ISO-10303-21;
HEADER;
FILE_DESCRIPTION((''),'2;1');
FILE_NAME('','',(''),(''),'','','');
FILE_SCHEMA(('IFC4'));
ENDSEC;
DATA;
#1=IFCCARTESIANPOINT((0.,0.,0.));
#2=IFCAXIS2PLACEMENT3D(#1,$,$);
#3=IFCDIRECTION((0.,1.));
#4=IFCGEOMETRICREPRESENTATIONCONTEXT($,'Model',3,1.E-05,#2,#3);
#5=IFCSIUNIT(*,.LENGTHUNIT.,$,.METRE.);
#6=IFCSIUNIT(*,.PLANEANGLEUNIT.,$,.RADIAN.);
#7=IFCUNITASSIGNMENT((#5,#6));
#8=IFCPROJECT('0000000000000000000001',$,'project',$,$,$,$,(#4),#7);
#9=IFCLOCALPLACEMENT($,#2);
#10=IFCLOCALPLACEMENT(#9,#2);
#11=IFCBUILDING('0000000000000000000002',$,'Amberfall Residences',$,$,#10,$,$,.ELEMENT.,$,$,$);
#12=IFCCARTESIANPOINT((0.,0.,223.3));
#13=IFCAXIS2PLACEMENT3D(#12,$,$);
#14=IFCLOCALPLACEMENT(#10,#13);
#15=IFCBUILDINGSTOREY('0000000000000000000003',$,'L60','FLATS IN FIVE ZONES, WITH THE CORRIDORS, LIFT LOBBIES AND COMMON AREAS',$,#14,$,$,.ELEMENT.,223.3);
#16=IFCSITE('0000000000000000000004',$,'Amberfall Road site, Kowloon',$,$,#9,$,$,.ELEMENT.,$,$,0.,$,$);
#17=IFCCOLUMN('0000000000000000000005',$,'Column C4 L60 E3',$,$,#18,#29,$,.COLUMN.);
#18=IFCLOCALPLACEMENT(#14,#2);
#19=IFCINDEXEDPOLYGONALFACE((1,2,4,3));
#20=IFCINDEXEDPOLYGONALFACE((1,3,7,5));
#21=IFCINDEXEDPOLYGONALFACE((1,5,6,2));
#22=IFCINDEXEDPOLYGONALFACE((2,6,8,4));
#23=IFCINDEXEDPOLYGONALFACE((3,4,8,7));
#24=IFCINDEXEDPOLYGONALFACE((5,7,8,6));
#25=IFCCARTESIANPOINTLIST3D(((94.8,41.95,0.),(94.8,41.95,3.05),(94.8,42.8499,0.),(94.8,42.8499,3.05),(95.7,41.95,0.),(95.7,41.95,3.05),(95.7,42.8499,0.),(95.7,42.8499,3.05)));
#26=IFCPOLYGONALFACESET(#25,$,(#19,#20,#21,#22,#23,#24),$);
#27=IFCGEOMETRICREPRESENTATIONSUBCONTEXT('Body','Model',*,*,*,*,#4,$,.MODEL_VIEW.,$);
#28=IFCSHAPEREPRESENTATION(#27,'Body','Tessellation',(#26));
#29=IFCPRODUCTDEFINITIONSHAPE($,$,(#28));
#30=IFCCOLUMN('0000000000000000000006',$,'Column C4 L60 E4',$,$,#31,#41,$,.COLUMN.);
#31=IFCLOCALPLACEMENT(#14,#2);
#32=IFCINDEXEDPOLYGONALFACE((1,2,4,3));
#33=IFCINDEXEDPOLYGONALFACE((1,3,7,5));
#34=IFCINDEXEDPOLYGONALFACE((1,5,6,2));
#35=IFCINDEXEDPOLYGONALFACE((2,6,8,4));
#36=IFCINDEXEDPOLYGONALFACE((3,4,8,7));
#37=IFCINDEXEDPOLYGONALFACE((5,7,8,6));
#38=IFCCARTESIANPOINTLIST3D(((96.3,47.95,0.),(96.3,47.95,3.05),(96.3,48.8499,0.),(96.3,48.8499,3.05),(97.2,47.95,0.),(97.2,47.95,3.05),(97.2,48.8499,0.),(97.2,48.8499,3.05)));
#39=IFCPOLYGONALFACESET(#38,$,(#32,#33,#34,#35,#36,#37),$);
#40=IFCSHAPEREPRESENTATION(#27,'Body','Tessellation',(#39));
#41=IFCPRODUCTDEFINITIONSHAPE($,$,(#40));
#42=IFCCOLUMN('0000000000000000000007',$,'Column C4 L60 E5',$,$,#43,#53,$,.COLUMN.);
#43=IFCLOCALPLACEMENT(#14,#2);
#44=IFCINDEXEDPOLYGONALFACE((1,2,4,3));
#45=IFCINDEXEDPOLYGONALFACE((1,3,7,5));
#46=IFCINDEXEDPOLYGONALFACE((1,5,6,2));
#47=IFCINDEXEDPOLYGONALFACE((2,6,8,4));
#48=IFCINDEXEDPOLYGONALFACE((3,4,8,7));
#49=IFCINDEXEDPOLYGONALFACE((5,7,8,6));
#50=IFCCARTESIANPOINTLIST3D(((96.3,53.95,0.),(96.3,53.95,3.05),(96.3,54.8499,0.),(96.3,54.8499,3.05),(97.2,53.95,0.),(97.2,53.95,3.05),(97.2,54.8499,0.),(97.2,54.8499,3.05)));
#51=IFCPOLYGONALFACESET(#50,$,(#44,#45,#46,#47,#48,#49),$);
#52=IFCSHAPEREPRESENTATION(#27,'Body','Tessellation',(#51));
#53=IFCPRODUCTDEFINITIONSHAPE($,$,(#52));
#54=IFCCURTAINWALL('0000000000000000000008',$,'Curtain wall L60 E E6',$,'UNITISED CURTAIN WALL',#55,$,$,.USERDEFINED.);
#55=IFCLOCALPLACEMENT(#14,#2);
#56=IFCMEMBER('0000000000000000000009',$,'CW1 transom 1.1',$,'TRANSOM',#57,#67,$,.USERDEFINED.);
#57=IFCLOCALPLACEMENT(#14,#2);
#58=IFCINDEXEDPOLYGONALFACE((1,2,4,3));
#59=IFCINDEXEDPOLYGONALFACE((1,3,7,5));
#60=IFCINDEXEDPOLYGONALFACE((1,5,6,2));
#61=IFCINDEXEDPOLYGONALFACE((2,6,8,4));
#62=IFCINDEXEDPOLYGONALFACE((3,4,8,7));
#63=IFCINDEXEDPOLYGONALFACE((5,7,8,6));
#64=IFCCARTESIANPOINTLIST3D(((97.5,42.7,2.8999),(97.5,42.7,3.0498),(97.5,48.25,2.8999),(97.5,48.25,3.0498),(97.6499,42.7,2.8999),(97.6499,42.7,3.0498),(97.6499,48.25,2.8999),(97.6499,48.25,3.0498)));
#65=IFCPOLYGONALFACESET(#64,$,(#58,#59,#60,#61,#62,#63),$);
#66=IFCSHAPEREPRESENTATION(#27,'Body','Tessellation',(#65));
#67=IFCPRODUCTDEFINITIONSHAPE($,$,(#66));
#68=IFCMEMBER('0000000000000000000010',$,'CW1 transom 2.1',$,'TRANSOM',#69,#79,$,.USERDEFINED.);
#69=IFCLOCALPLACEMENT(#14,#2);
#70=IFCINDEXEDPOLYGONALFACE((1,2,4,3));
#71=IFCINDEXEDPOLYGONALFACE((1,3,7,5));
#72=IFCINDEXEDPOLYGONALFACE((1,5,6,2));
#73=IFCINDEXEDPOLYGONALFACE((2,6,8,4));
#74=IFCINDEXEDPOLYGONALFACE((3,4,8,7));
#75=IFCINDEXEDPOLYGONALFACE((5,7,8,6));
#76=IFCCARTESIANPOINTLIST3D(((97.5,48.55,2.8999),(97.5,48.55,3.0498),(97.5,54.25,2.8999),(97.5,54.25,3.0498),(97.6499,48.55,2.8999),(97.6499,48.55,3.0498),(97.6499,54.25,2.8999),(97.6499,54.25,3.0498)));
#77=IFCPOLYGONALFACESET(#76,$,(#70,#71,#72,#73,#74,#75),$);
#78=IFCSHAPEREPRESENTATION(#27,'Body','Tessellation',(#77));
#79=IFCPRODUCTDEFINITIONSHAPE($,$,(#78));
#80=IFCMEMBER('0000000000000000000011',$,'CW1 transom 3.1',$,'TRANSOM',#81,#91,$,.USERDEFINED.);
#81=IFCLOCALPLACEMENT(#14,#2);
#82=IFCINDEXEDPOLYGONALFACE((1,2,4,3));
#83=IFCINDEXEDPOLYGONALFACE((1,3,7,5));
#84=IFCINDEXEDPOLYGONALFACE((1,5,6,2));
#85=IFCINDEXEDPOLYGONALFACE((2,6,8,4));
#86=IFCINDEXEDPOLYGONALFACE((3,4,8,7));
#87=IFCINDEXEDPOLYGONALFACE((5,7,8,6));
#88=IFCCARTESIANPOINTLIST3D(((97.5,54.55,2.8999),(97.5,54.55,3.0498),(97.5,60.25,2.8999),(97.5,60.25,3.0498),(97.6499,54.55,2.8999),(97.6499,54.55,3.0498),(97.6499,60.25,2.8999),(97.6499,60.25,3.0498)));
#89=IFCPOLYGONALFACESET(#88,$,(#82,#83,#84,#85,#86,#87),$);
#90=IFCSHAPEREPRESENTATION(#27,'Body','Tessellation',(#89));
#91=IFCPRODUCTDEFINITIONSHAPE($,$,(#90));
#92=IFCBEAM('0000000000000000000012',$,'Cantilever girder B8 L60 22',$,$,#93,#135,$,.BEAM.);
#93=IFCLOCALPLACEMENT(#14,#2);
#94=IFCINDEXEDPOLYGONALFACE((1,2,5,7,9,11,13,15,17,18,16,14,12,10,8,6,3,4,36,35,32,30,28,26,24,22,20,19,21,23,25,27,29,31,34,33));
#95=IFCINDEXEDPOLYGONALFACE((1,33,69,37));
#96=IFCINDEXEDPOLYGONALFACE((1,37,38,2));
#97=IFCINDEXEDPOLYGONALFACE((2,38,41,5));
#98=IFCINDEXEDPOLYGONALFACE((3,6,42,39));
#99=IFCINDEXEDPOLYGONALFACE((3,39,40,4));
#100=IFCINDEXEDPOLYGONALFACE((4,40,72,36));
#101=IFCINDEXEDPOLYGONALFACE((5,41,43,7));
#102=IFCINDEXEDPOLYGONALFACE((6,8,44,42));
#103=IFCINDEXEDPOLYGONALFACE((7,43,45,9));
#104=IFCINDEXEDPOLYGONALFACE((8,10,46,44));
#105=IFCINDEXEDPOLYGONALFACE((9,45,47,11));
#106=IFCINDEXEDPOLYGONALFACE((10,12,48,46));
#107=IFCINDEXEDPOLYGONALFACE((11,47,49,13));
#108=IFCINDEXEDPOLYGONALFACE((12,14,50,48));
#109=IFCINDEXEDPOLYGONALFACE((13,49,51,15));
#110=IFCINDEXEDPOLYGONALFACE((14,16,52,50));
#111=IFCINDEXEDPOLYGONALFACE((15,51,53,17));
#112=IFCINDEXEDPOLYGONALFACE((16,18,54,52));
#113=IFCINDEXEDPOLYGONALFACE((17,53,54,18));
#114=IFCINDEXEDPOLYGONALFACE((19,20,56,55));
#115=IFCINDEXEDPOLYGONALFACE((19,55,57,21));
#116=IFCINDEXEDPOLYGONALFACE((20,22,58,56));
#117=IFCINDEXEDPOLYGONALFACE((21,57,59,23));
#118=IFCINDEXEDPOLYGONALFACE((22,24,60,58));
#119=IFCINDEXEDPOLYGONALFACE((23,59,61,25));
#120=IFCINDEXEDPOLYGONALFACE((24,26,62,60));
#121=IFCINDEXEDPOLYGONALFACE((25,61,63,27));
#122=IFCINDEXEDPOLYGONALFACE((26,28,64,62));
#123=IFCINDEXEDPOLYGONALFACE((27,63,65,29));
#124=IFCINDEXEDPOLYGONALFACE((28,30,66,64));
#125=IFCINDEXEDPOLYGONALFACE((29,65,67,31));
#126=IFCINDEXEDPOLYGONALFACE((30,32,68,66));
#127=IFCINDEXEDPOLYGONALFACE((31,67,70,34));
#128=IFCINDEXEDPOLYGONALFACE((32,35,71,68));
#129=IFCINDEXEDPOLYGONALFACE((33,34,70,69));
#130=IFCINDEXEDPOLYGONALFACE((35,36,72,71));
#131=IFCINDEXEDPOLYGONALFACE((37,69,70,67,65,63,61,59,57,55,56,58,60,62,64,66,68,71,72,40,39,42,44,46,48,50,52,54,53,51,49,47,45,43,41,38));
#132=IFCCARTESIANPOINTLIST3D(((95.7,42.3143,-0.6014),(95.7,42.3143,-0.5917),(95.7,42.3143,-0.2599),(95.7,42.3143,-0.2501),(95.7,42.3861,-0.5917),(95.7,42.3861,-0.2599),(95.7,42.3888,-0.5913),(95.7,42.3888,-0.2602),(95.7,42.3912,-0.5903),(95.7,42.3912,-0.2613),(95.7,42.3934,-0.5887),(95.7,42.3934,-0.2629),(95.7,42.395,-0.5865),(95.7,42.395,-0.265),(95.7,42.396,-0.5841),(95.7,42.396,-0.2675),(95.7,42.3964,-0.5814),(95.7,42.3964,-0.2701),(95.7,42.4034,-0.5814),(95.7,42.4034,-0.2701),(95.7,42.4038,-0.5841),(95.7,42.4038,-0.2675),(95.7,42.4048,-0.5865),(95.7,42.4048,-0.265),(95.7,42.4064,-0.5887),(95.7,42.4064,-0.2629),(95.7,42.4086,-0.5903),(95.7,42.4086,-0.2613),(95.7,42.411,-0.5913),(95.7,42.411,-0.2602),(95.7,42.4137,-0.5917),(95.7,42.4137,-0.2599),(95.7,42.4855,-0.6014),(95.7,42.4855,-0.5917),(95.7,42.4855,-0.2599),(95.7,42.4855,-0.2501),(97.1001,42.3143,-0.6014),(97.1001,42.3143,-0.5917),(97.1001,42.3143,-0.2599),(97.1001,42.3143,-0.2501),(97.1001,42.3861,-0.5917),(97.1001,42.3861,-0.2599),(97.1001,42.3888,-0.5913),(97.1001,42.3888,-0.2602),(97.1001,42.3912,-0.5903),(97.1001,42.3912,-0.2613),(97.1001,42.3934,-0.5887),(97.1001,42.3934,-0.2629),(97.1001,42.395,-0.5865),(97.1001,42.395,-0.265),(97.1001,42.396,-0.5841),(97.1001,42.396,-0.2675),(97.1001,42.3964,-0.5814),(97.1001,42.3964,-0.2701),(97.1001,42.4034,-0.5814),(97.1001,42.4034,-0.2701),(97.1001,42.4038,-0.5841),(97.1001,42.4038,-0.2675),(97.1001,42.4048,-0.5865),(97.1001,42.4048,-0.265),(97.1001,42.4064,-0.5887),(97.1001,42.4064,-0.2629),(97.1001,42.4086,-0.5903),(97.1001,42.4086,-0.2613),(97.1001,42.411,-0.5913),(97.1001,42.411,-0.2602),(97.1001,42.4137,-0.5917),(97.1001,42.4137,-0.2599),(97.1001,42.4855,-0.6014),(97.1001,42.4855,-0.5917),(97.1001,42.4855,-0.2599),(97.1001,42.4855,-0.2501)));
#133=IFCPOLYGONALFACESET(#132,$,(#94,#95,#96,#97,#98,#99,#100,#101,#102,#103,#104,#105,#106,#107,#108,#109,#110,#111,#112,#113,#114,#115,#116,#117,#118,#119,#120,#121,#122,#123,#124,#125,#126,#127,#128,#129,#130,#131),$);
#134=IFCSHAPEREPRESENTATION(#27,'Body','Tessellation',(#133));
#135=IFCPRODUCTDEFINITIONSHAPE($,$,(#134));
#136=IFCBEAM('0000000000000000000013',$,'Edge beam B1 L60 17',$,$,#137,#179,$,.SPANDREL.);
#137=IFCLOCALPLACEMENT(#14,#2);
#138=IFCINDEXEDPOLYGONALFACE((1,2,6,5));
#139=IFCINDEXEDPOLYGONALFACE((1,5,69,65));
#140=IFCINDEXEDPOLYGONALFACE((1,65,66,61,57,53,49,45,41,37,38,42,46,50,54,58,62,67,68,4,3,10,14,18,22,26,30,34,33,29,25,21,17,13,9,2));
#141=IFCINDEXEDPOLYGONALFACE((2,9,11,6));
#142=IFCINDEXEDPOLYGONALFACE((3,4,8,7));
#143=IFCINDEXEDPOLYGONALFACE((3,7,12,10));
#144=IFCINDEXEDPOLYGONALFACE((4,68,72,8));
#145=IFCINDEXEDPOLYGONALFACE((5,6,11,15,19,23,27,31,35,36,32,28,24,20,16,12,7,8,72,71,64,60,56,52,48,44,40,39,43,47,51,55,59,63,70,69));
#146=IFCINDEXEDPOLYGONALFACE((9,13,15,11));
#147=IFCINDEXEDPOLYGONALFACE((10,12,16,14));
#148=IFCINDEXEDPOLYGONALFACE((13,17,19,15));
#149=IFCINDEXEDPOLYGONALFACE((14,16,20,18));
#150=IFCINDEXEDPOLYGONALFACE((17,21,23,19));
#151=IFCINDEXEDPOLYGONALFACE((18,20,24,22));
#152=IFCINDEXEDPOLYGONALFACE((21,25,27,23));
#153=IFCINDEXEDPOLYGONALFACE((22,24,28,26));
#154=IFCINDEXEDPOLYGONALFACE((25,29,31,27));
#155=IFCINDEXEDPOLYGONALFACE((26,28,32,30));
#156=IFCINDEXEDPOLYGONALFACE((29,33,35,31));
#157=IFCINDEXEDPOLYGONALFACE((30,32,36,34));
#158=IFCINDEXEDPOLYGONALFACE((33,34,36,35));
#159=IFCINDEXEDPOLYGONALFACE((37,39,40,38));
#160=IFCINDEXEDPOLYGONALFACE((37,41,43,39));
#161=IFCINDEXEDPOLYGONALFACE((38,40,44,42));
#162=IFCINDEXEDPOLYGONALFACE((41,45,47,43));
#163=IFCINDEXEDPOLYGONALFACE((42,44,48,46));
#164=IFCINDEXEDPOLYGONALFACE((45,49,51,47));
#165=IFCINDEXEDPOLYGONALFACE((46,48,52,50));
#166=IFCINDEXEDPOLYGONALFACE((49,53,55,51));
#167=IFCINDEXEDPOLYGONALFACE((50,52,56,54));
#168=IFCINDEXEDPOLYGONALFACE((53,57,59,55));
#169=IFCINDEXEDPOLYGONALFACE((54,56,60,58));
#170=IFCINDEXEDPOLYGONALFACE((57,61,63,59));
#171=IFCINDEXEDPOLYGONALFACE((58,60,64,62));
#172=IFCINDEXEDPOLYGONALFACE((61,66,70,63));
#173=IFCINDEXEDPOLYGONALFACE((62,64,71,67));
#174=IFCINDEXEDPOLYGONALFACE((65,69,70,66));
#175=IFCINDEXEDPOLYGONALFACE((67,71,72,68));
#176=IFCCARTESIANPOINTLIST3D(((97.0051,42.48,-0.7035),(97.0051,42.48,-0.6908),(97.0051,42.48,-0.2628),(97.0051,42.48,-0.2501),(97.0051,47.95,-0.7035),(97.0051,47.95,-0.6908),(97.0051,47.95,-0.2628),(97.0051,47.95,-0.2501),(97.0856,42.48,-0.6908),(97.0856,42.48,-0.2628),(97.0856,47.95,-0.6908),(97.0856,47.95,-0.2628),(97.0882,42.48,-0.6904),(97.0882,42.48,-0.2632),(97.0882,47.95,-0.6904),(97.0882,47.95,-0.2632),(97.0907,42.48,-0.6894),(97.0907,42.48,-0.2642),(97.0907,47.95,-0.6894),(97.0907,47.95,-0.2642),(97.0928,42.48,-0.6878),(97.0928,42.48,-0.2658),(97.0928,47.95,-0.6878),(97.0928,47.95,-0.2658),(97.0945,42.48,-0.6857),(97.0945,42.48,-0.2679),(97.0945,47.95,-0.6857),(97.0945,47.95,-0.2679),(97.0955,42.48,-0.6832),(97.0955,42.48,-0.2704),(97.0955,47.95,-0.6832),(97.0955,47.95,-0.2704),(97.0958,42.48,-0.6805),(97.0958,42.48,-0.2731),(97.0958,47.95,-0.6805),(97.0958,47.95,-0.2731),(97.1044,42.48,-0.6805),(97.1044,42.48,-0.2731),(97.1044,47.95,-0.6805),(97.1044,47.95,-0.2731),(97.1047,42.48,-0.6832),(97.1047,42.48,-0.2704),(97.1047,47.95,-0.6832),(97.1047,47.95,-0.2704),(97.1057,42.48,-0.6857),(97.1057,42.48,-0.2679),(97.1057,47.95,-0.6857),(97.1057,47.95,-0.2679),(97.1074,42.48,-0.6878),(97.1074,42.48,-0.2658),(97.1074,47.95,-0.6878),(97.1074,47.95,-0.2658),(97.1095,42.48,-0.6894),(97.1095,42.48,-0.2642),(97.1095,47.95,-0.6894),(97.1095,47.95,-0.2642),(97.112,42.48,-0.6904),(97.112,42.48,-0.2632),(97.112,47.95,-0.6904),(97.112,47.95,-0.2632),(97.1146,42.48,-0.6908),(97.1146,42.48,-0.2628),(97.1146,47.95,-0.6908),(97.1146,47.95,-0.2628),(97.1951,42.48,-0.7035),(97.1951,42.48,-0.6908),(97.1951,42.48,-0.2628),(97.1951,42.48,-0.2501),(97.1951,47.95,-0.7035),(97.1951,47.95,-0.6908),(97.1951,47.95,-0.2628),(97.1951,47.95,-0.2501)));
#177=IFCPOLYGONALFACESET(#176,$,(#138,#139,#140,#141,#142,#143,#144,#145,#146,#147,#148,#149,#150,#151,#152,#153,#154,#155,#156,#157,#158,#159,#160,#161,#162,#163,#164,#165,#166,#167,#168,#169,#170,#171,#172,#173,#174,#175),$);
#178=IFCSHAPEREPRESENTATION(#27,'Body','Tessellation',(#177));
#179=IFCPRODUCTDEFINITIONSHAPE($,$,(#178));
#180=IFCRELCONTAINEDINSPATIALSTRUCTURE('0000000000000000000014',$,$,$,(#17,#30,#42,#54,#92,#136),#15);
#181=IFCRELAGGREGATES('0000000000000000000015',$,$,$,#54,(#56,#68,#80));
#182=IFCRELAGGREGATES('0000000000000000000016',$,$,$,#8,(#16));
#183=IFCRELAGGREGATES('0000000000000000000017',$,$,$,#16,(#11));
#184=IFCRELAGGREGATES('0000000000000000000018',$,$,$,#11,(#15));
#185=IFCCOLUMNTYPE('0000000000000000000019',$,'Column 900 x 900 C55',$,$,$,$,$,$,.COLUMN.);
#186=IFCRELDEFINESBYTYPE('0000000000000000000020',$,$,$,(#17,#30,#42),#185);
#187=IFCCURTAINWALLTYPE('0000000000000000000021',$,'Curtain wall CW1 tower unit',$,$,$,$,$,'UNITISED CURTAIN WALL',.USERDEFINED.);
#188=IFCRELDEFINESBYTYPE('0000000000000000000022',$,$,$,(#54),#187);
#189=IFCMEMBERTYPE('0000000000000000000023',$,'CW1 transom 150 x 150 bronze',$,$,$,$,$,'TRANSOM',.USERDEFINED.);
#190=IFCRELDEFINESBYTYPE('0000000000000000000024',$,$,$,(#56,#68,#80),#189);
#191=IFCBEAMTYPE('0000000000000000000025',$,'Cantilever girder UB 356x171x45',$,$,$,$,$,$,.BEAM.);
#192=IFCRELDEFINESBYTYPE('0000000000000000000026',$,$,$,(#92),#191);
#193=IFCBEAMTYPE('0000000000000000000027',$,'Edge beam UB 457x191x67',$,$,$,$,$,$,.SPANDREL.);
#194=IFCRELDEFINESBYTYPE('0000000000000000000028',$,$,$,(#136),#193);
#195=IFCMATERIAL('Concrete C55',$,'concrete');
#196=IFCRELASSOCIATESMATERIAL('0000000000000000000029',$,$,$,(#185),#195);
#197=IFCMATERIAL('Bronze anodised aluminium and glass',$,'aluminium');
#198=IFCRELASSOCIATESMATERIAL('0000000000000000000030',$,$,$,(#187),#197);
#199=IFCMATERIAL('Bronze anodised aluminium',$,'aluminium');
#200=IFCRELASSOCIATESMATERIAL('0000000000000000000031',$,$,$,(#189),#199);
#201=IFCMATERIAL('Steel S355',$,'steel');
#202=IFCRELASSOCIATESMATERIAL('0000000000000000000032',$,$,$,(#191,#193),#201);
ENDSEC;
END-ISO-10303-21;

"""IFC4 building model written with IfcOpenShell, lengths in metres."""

from ifc_helpers import new_model, si_unit, direction, frame, origin, origin_2d, place, context, subcontext, project, spatial, rectangle, i_section, extrude, material, material_profile, profile_set, type_object, element, aggregate, save


model = new_model("IFC4")

# Units and contexts
model_context = context("Model", 3, precision=1e-05, world=origin(), true_north=direction((0.0, 1.0)))
body_context = subcontext(model_context, "Body", "Model", "MODEL_VIEW")
ifc_project = project(units=[si_unit("LENGTHUNIT", "METRE"), si_unit("PLANEANGLEUNIT", "RADIAN")], contexts=[model_context])

# Site, building, storey
site_placement = place(None, origin())
site = spatial("IfcSite", under=ifc_project, at=site_placement, Name="Amberfall Road site, Kowloon", CompositionType="ELEMENT", RefElevation=0.0)
building_placement = place(site_placement, origin())
building = spatial("IfcBuilding", under=site, at=building_placement, Name="Amberfall Residences", CompositionType="ELEMENT")
storey_placement = place(building_placement, frame((0.0, 0.0, 223.3)))
storey = spatial("IfcBuildingStorey", under=building, at=storey_placement, Name="L60", Description="FLATS IN FIVE ZONES, WITH THE CORRIDORS, LIFT LOBBIES AND COMMON AREAS", CompositionType="ELEMENT", Elevation=223.3)

# Columns
ifc_material_1 = material(Name="Concrete C55", Category="concrete")
ifc_material_profile_1 = material_profile(ifc_material_1, rectangle(XDim=0.8999, YDim=0.8999, at=origin_2d()), Name="Column 900 x 900 C55")
ifc_profile_set_1 = profile_set([ifc_material_profile_1], Name="Concrete C55")
column_type = type_object("IfcColumnType", Name="Column 900 x 900 C55", PredefinedType="COLUMN", material=ifc_profile_set_1)
for number, where, z_axis, x_axis, name in (
    (1, (95.25, 42.3999, 0.0), (0.0, 0.0, 1.0), (1.0, 0.0, 0.0), "Column C4 L60 E3"),
    (2, (96.75, 48.3999, 0.0), (0.0, 0.0, 1.0), (1.0, 0.0, 0.0), "Column C4 L60 E4"),
    (3, (96.75, 54.3999, 0.0), (0.0, 0.0, 1.0), (1.0, 0.0, 0.0), "Column C4 L60 E5"),
):
    element("IfcColumn", number, at=place(storey_placement, frame(where, z_axis=z_axis, x_axis=x_axis)), inside=storey, type_object=column_type, Name=name, PredefinedType="COLUMN", context=body_context, shape_type="SweptSolid", body=[
        extrude(rectangle(XDim=0.8999, YDim=0.8999, at=origin_2d()), origin(), (0.0, 0.0, 1.0), 3.05),
    ])

# Curtain wall, members
ifc_material_2 = material(Name="Bronze anodised aluminium and glass", Category="aluminium")
curtain_wall_type = type_object("IfcCurtainWallType", Name="Curtain wall CW1 tower unit", ElementType="UNITISED CURTAIN WALL", PredefinedType="USERDEFINED", material=ifc_material_2)
curtain_wall_placement = place(storey_placement, origin())
curtain_wall = element("IfcCurtainWall", 4, at=curtain_wall_placement, inside=storey, type_object=curtain_wall_type, Name="Curtain wall L60 E E6", ObjectType="UNITISED CURTAIN WALL", PredefinedType="USERDEFINED")
ifc_material_3 = material(Name="Bronze anodised aluminium", Category="aluminium")
ifc_material_profile_2 = material_profile(ifc_material_3, rectangle(XDim=0.1499, YDim=0.1499, at=origin_2d()), Name="CW1 transom 150 x 150 bronze")
ifc_profile_set_2 = profile_set([ifc_material_profile_2], Name="Bronze anodised aluminium")
member_type_1 = type_object("IfcMemberType", Name="CW1 transom 150 x 150 bronze", ElementType="TRANSOM", PredefinedType="USERDEFINED", material=ifc_profile_set_2)
member_1_placement = place(storey_placement, frame((97.575, 42.7, 2.9749), z_axis=(0.0, 1.0, 0.0), x_axis=(-1.0, 0.0, 0.0)))
member_1 = element("IfcMember", 5, at=member_1_placement, type_object=member_type_1, Name="CW1 transom 1.1", ObjectType="TRANSOM", PredefinedType="USERDEFINED", context=body_context, shape_type="SweptSolid", body=[
    extrude(rectangle(XDim=0.1499, YDim=0.1499, at=origin_2d()), origin(), (0.0, 0.0, 1.0), 5.55),
])
member_2_placement = place(storey_placement, frame((97.575, 48.55, 2.9749), z_axis=(0.0, 1.0, 0.0), x_axis=(-1.0, 0.0, 0.0)))
member_2 = element("IfcMember", 6, at=member_2_placement, type_object=member_type_1, Name="CW1 transom 2.1", ObjectType="TRANSOM", PredefinedType="USERDEFINED", context=body_context, shape_type="SweptSolid", body=[
    extrude(rectangle(XDim=0.1499, YDim=0.1499, at=origin_2d()), origin(), (0.0, 0.0, 1.0), 5.7),
])
member_3_placement = place(storey_placement, frame((97.575, 54.55, 2.9749), z_axis=(0.0, 1.0, 0.0), x_axis=(-1.0, 0.0, 0.0)))
member_3 = element("IfcMember", 7, at=member_3_placement, type_object=member_type_1, Name="CW1 transom 3.1", ObjectType="TRANSOM", PredefinedType="USERDEFINED", context=body_context, shape_type="SweptSolid", body=[
    extrude(rectangle(XDim=0.1499, YDim=0.1499, at=origin_2d()), origin(), (0.0, 0.0, 1.0), 5.7),
])

# Beams
ifc_material_4 = material(Name="Steel S355", Category="steel")
ifc_material_profile_3 = material_profile(ifc_material_4, i_section(OverallWidth=0.1711, OverallDepth=0.3513, WebThickness=0.0071, FlangeThickness=0.0098, FilletRadius=0.0103, at=origin_2d()), Name="UB 356x171x45")
ifc_profile_set_3 = profile_set([ifc_material_profile_3], Name="Steel S355")
beam_type_1 = type_object("IfcBeamType", Name="Cantilever girder UB 356x171x45", PredefinedType="BEAM", material=ifc_profile_set_3)
beam_1_placement = place(storey_placement, frame((95.7, 42.3999, -0.4258), z_axis=(1.0, 0.0, 0.0), x_axis=(0.0, 1.0, 0.0)))
element("IfcBeam", 8, at=beam_1_placement, inside=storey, type_object=beam_type_1, Name="Cantilever girder B8 L60 22", PredefinedType="BEAM", context=body_context, shape_type="SweptSolid", body=[
    extrude(i_section(OverallWidth=0.1711, OverallDepth=0.3513, WebThickness=0.0071, FlangeThickness=0.0098, FilletRadius=0.0103, at=origin_2d()), origin(), (0.0, 0.0, 1.0), 1.4001),
])
ifc_material_profile_4 = material_profile(ifc_material_4, i_section(OverallWidth=0.1899, OverallDepth=0.4534, WebThickness=0.0085, FlangeThickness=0.0127, FilletRadius=0.0103, at=origin_2d()), Name="UB 457x191x67")
ifc_profile_set_4 = profile_set([ifc_material_profile_4], Name="Steel S355")
beam_type_2 = type_object("IfcBeamType", Name="Edge beam UB 457x191x67", PredefinedType="SPANDREL", material=ifc_profile_set_4)
beam_2_placement = place(storey_placement, frame((97.1001, 42.48, -0.4768), z_axis=(0.0, 1.0, 0.0), x_axis=(-1.0, 0.0, 0.0)))
element("IfcBeam", 9, at=beam_2_placement, inside=storey, type_object=beam_type_2, Name="Edge beam B1 L60 17", PredefinedType="SPANDREL", context=body_context, shape_type="SweptSolid", body=[
    extrude(i_section(OverallWidth=0.1899, OverallDepth=0.4534, WebThickness=0.0085, FlangeThickness=0.0127, FilletRadius=0.0103, at=origin_2d()), origin(), (0.0, 0.0, 1.0), 5.47),
])

aggregate(curtain_wall, [member_1, member_2, member_3])

save(model, "model.ifc")
